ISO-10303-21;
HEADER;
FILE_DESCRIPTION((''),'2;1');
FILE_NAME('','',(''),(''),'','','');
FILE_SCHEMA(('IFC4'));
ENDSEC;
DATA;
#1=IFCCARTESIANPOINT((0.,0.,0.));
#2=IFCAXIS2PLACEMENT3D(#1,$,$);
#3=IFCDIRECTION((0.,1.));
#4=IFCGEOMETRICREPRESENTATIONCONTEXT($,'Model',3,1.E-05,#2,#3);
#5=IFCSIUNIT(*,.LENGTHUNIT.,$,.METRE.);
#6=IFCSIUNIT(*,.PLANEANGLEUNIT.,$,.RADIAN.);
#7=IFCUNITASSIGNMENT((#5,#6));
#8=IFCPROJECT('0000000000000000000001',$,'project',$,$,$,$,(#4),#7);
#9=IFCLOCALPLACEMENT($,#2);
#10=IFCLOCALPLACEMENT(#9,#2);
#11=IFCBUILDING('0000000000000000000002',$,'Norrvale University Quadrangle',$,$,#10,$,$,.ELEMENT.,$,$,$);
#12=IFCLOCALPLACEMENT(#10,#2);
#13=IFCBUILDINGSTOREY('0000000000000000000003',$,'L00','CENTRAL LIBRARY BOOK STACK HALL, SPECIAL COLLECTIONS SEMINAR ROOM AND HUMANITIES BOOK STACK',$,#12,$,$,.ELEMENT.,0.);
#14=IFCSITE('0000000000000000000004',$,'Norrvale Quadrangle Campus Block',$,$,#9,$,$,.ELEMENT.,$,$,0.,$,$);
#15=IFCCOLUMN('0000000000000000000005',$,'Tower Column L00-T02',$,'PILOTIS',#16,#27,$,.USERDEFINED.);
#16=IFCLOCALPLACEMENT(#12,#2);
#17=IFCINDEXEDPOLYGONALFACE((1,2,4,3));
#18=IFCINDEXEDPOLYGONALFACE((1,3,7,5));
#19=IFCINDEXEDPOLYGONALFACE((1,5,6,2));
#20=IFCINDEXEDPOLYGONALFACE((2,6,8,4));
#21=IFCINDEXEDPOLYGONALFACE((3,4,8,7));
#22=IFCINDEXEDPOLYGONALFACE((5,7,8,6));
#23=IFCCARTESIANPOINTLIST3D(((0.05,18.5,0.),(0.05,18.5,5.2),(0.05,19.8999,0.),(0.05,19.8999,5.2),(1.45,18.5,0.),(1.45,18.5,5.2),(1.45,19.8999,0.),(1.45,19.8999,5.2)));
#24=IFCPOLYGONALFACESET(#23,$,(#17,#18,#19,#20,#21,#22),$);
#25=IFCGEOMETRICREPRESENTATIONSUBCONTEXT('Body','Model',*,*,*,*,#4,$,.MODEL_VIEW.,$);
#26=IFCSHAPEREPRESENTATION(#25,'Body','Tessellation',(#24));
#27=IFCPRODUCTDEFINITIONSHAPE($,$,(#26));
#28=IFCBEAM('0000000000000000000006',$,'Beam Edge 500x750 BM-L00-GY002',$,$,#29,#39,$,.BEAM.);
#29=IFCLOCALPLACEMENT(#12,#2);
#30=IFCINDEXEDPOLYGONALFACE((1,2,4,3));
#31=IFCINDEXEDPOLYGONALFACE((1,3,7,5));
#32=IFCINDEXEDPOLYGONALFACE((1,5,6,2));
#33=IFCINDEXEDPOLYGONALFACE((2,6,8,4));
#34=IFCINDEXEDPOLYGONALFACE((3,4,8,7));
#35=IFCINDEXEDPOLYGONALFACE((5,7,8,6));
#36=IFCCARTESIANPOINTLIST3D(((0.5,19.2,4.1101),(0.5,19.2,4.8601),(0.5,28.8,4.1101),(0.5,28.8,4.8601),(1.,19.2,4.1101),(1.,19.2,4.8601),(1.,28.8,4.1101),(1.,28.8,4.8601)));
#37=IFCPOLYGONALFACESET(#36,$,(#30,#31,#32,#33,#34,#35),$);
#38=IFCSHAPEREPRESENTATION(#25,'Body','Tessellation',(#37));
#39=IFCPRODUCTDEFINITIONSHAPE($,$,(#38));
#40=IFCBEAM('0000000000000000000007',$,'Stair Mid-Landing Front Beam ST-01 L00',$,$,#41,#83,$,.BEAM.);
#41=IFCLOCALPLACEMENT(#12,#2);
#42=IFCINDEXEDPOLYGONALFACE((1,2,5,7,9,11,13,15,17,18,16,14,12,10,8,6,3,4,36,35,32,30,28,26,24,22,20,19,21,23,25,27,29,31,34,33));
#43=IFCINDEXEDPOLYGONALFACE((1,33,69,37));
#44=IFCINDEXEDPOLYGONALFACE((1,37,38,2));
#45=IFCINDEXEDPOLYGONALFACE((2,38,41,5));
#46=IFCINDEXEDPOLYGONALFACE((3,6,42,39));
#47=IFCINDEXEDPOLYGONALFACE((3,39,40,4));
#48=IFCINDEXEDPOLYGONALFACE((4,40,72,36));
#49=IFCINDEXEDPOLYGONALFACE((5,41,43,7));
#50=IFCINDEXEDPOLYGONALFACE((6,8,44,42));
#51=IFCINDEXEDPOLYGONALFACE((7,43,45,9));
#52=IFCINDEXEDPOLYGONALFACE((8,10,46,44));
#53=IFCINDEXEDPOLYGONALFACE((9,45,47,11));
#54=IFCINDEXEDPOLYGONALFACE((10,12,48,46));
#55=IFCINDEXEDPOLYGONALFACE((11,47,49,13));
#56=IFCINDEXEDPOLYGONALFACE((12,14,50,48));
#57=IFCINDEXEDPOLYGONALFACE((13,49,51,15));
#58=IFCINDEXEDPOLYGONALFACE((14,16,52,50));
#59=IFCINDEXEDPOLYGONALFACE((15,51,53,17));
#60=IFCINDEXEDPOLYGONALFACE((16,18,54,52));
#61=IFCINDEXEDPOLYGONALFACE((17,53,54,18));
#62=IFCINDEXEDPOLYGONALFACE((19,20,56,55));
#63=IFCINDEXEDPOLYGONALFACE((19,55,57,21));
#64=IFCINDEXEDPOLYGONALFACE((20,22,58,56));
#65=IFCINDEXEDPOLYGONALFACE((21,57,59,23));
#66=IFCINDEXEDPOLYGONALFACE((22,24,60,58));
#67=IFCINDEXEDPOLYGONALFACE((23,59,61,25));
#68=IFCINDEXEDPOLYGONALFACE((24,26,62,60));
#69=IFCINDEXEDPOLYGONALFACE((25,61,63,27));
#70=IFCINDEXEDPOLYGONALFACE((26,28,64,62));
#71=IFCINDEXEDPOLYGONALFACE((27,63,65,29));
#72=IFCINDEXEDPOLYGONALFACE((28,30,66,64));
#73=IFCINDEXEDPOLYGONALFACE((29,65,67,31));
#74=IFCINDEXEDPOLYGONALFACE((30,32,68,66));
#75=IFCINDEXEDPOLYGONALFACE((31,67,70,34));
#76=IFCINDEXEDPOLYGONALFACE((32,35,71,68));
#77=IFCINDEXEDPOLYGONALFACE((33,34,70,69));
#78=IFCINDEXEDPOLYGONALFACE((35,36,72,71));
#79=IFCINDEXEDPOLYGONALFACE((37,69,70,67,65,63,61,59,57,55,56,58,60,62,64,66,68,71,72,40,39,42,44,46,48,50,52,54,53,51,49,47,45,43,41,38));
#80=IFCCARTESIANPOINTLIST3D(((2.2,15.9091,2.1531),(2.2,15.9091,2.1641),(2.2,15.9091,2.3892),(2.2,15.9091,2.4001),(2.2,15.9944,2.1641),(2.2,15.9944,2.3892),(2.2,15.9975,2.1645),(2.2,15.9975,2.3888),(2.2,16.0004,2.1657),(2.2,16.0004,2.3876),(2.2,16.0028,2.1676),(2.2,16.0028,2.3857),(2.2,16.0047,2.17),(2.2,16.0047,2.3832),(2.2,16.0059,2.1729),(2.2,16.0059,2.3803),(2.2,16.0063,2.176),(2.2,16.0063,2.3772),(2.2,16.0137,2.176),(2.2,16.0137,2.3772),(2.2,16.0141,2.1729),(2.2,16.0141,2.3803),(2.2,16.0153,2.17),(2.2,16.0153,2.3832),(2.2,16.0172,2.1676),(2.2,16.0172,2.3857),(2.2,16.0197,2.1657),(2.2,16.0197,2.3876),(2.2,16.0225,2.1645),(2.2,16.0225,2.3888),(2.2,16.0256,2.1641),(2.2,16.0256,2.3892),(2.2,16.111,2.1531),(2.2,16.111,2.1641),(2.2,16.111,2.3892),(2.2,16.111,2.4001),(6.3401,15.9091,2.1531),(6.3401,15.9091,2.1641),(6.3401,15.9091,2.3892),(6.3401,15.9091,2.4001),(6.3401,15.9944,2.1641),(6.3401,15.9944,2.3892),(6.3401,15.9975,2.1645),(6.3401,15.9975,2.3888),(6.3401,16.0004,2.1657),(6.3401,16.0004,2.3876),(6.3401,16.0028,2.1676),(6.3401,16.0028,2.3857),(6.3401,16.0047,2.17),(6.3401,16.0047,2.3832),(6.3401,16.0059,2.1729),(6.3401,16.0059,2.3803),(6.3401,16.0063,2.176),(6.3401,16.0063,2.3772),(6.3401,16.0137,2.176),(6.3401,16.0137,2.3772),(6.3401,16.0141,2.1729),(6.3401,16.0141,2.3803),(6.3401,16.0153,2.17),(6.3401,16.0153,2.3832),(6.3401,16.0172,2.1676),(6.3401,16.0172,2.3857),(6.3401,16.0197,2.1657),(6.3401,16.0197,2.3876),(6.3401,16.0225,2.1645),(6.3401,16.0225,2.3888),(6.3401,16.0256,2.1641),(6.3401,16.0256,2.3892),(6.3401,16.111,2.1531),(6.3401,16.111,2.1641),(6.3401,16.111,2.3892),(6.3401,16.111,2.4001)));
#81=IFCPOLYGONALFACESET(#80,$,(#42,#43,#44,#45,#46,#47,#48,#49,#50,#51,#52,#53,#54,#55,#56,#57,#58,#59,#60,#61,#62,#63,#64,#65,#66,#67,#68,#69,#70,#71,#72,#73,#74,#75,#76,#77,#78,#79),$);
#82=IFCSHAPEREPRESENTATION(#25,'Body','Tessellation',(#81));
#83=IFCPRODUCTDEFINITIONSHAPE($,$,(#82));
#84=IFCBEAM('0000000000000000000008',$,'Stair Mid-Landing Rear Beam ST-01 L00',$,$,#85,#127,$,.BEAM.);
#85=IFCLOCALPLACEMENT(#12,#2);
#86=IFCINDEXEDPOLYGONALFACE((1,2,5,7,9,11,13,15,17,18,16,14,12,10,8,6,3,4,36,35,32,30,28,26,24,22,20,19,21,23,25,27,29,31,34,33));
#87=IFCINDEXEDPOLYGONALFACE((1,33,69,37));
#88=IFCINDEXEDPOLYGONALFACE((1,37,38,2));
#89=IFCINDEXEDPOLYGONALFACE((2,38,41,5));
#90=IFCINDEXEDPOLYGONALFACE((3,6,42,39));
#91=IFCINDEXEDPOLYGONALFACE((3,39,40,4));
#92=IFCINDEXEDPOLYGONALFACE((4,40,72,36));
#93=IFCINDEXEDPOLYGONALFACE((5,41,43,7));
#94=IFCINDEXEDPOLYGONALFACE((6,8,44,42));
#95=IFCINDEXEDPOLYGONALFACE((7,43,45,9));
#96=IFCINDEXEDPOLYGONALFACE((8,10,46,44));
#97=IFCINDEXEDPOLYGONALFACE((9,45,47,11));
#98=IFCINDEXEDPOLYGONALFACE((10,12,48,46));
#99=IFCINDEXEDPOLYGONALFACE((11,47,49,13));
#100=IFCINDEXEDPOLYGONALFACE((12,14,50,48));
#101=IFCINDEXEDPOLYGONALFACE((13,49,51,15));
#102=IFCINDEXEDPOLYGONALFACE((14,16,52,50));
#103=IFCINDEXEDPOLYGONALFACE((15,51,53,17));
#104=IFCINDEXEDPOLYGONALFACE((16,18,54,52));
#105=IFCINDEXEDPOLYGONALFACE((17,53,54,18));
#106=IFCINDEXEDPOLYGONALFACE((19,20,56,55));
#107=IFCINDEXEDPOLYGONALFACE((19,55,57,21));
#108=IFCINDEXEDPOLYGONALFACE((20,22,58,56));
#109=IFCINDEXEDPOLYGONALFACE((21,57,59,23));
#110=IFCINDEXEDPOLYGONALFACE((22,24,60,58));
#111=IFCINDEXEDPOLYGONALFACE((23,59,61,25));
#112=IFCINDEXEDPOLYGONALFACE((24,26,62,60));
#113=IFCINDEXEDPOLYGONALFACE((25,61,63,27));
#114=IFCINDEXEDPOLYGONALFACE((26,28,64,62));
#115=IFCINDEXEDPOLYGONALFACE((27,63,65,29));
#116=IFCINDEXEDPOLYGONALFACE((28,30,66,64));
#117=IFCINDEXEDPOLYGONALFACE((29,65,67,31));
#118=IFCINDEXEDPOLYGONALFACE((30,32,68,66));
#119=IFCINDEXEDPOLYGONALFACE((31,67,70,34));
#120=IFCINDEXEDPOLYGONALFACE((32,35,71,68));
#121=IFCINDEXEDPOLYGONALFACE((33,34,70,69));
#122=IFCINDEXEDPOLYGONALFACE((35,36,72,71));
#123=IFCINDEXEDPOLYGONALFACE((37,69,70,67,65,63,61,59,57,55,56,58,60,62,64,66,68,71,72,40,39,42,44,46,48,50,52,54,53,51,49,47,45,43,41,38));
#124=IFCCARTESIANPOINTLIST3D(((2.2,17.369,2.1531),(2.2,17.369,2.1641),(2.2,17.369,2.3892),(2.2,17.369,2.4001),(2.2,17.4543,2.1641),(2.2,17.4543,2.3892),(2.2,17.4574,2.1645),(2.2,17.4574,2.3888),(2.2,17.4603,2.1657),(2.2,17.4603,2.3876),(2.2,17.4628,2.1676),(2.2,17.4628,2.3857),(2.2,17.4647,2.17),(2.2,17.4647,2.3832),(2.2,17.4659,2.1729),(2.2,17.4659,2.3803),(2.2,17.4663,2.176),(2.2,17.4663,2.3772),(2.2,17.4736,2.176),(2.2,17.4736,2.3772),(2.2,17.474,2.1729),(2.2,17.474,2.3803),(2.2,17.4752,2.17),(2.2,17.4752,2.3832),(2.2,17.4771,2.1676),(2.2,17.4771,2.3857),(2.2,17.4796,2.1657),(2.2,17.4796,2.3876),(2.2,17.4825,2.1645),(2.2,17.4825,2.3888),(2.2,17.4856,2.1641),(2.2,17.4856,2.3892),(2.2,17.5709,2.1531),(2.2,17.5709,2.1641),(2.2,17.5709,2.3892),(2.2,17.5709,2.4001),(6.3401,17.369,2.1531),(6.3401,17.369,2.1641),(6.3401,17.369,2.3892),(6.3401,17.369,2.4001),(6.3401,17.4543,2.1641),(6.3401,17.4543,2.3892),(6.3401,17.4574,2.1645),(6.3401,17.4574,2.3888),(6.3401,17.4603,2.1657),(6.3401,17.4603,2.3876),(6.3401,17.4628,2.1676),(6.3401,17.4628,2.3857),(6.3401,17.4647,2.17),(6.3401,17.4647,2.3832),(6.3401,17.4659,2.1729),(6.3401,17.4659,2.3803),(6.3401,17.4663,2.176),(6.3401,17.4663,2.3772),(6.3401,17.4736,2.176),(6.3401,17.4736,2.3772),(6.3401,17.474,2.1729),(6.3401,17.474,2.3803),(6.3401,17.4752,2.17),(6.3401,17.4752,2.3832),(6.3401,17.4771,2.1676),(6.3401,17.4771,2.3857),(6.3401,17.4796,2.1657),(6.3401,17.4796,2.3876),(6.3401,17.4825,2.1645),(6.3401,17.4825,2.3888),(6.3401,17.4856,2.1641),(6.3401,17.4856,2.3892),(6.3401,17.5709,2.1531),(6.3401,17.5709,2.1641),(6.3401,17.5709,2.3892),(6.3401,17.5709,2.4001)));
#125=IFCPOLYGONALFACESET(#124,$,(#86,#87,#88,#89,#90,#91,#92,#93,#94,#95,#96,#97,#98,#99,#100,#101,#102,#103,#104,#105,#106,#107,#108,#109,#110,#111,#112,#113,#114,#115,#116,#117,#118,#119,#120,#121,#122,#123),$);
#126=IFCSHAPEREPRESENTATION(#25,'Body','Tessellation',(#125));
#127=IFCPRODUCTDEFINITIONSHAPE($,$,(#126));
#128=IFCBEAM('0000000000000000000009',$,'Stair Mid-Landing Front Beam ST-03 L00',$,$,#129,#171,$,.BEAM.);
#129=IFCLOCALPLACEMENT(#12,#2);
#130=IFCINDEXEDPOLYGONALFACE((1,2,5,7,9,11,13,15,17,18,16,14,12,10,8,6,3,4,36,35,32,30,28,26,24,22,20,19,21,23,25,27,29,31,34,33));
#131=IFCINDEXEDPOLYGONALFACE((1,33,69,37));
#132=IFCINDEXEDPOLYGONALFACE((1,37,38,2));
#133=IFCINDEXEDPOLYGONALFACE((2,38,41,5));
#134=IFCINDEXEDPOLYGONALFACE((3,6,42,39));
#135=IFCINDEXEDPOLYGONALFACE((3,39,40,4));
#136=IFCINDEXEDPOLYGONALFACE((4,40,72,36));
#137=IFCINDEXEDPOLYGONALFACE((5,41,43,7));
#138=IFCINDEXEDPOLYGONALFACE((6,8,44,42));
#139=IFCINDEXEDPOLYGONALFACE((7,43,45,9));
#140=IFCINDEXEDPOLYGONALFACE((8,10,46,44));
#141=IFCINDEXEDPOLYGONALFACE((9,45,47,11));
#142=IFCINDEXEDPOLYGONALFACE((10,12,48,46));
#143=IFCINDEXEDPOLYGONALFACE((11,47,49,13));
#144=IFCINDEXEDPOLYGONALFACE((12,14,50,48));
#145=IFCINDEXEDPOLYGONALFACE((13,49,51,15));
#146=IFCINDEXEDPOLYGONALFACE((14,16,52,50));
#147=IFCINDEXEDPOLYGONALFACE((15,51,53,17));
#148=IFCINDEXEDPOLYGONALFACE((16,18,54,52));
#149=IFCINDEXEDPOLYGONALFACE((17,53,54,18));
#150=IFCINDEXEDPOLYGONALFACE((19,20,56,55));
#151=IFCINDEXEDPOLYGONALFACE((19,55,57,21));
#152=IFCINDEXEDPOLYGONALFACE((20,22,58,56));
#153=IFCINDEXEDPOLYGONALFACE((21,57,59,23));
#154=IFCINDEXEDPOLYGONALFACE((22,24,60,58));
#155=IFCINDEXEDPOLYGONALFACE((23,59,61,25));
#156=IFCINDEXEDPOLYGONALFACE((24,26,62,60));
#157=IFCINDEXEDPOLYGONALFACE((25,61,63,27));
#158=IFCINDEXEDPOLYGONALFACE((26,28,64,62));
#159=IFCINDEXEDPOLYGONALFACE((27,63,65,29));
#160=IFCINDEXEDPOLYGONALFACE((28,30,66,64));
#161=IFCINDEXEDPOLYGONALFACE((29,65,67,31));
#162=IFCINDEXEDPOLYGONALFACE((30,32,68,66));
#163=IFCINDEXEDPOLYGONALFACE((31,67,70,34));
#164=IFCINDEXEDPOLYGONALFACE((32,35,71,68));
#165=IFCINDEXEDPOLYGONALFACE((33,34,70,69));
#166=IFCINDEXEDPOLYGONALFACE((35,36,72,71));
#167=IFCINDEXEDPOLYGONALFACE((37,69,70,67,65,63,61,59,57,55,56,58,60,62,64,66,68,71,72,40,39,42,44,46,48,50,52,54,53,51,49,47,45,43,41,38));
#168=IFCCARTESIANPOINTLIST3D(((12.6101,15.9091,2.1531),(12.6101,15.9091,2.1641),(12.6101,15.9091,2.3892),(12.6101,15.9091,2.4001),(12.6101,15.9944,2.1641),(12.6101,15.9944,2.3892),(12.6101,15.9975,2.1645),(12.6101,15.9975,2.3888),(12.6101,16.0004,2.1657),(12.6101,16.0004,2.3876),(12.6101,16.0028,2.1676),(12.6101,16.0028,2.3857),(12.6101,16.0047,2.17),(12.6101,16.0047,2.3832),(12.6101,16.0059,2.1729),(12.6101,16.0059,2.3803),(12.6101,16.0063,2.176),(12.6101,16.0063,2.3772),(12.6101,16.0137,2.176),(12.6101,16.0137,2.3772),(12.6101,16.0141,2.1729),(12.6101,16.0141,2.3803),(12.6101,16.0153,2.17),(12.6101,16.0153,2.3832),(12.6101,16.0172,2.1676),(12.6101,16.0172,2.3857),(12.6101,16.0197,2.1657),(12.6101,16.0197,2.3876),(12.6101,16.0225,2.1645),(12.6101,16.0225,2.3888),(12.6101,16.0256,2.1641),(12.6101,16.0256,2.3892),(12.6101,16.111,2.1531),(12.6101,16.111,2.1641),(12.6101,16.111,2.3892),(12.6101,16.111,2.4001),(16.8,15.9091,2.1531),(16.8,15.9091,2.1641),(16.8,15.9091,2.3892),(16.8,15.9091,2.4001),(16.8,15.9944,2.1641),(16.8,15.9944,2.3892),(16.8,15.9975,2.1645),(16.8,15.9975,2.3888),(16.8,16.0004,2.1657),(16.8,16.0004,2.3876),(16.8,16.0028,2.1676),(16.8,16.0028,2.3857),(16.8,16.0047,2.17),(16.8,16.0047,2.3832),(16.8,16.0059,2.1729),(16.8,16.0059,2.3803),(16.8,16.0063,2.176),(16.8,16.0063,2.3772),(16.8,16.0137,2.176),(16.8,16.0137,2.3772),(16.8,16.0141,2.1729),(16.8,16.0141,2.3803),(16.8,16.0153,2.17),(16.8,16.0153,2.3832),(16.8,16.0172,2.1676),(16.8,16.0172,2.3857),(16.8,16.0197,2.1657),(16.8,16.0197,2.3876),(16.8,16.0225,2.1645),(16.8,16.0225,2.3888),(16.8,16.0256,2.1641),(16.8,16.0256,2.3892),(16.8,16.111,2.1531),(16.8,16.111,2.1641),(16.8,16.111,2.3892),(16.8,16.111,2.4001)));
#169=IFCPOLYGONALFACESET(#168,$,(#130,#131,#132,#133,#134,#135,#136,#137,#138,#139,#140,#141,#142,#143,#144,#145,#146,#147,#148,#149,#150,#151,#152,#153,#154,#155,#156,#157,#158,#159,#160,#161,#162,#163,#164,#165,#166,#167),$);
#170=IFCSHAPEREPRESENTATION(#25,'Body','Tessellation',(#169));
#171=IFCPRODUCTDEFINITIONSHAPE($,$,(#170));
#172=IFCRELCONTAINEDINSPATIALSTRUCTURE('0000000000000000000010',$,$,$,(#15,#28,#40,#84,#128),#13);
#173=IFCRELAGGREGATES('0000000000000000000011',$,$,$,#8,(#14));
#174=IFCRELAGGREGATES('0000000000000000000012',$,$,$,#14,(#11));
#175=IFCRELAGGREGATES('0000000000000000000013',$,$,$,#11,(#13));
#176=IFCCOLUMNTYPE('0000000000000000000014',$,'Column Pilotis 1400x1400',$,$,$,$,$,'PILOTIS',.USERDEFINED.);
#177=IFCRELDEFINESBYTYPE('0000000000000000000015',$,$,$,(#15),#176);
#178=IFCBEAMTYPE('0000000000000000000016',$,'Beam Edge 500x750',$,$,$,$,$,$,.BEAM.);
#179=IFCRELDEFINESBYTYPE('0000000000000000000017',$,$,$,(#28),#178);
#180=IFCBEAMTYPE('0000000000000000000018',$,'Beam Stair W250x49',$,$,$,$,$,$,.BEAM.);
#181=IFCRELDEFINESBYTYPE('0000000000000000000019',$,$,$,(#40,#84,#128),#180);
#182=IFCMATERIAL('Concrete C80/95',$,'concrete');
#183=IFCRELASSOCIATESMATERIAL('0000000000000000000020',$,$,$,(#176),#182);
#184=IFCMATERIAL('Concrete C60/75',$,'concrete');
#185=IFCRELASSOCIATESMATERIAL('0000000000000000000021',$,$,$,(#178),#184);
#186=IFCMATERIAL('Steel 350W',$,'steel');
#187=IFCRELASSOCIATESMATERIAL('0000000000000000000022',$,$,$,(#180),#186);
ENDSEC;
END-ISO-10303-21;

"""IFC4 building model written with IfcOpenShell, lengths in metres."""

from ifc_helpers import new_model, si_unit, direction, frame, origin, origin_2d, place, context, subcontext, project, spatial, rectangle, i_section, extrude, material, material_profile, profile_set, type_object, element, save


model = new_model("IFC4")

# Units and contexts
model_context = context("Model", 3, precision=1e-05, world=origin(), true_north=direction((0.0, 1.0)))
body_context = subcontext(model_context, "Body", "Model", "MODEL_VIEW")
ifc_project = project(units=[si_unit("LENGTHUNIT", "METRE"), si_unit("PLANEANGLEUNIT", "RADIAN")], contexts=[model_context])

# Site, building, storey
site_placement = place(None, origin())
site = spatial("IfcSite", under=ifc_project, at=site_placement, Name="Norrvale Quadrangle Campus Block", CompositionType="ELEMENT", RefElevation=0.0)
building_placement = place(site_placement, origin())
building = spatial("IfcBuilding", under=site, at=building_placement, Name="Norrvale University Quadrangle", CompositionType="ELEMENT")
storey_placement = place(building_placement, origin())
storey = spatial("IfcBuildingStorey", under=building, at=storey_placement, Name="L00", Description="CENTRAL LIBRARY BOOK STACK HALL, SPECIAL COLLECTIONS SEMINAR ROOM AND HUMANITIES BOOK STACK", CompositionType="ELEMENT", Elevation=0.0)

# Column
ifc_material_1 = material(Name="Concrete C80/95", Category="concrete")
ifc_material_profile_1 = material_profile(ifc_material_1, rectangle(XDim=1.3999, YDim=1.3999, at=origin_2d()), Name="Concrete C80/95")
ifc_profile_set_1 = profile_set([ifc_material_profile_1], Name="Concrete C80/95")
column_type = type_object("IfcColumnType", Name="Column Pilotis 1400x1400", ElementType="PILOTIS", PredefinedType="USERDEFINED", material=ifc_profile_set_1)
column_placement = place(storey_placement, frame((0.75, 19.2, 0.0), z_axis=(0.0, 0.0, 1.0), x_axis=(1.0, 0.0, 0.0)))
element("IfcColumn", 1, at=column_placement, inside=storey, type_object=column_type, Name="Tower Column L00-T02", ObjectType="PILOTIS", PredefinedType="USERDEFINED", context=body_context, shape_type="SweptSolid", body=[
    extrude(rectangle(XDim=1.3999, YDim=1.3999, at=origin_2d()), origin(), (0.0, 0.0, 1.0), 5.2),
])

# Beams
ifc_material_2 = material(Name="Concrete C60/75", Category="concrete")
ifc_material_profile_2 = material_profile(ifc_material_2, rectangle(XDim=0.5, YDim=0.75, at=origin_2d()), Name="Concrete C60/75")
ifc_profile_set_2 = profile_set([ifc_material_profile_2], Name="Concrete C60/75")
beam_type_1 = type_object("IfcBeamType", Name="Beam Edge 500x750", PredefinedType="BEAM", material=ifc_profile_set_2)
beam_1_placement = place(storey_placement, frame((0.75, 19.2, 4.4851), z_axis=(0.0, 1.0, 0.0), x_axis=(-1.0, 0.0, 0.0)))
element("IfcBeam", 2, at=beam_1_placement, inside=storey, type_object=beam_type_1, Name="Beam Edge 500x750 BM-L00-GY002", PredefinedType="BEAM", context=body_context, shape_type="SweptSolid", body=[
    extrude(rectangle(XDim=0.5, YDim=0.75, at=origin_2d()), origin(), (0.0, 0.0, 1.0), 9.6001),
])
ifc_material_3 = material(Name="Steel 350W", Category="steel")
ifc_material_profile_3 = material_profile(ifc_material_3, i_section(OverallWidth=0.2019, OverallDepth=0.2471, WebThickness=0.0073, FlangeThickness=0.011, FilletRadius=0.012, at=origin_2d()), Name="Steel 350W")
ifc_profile_set_3 = profile_set([ifc_material_profile_3], Name="Steel 350W")
beam_type_2 = type_object("IfcBeamType", Name="Beam Stair W250x49", PredefinedType="BEAM", material=ifc_profile_set_3)
for number, where, z_axis, x_axis, name in (
    (3, (2.2, 16.01, 2.2766), (1.0, 0.0, 0.0), (0.0, 1.0, 0.0), "Stair Mid-Landing Front Beam ST-01 L00"),
    (4, (2.2, 17.47, 2.2766), (1.0, 0.0, 0.0), (0.0, 1.0, 0.0), "Stair Mid-Landing Rear Beam ST-01 L00"),
):
    element("IfcBeam", number, at=place(storey_placement, frame(where, z_axis=z_axis, x_axis=x_axis)), inside=storey, type_object=beam_type_2, Name=name, PredefinedType="BEAM", context=body_context, shape_type="SweptSolid", body=[
        extrude(i_section(OverallWidth=0.2019, OverallDepth=0.2471, WebThickness=0.0073, FlangeThickness=0.011, FilletRadius=0.012, at=origin_2d()), origin(), (0.0, 0.0, 1.0), 4.1401),
    ])
for number, where, z_axis, x_axis, name in (
    (5, (12.6101, 16.01, 2.2766), (1.0, 0.0, 0.0), (0.0, 1.0, 0.0), "Stair Mid-Landing Front Beam ST-03 L00"),
):
    element("IfcBeam", number, at=place(storey_placement, frame(where, z_axis=z_axis, x_axis=x_axis)), inside=storey, type_object=beam_type_2, Name=name, PredefinedType="BEAM", context=body_context, shape_type="SweptSolid", body=[
        extrude(i_section(OverallWidth=0.2019, OverallDepth=0.2471, WebThickness=0.0073, FlangeThickness=0.011, FilletRadius=0.012, at=origin_2d()), origin(), (0.0, 0.0, 1.0), 4.1899),
    ])

save(model, "model.ifc")
